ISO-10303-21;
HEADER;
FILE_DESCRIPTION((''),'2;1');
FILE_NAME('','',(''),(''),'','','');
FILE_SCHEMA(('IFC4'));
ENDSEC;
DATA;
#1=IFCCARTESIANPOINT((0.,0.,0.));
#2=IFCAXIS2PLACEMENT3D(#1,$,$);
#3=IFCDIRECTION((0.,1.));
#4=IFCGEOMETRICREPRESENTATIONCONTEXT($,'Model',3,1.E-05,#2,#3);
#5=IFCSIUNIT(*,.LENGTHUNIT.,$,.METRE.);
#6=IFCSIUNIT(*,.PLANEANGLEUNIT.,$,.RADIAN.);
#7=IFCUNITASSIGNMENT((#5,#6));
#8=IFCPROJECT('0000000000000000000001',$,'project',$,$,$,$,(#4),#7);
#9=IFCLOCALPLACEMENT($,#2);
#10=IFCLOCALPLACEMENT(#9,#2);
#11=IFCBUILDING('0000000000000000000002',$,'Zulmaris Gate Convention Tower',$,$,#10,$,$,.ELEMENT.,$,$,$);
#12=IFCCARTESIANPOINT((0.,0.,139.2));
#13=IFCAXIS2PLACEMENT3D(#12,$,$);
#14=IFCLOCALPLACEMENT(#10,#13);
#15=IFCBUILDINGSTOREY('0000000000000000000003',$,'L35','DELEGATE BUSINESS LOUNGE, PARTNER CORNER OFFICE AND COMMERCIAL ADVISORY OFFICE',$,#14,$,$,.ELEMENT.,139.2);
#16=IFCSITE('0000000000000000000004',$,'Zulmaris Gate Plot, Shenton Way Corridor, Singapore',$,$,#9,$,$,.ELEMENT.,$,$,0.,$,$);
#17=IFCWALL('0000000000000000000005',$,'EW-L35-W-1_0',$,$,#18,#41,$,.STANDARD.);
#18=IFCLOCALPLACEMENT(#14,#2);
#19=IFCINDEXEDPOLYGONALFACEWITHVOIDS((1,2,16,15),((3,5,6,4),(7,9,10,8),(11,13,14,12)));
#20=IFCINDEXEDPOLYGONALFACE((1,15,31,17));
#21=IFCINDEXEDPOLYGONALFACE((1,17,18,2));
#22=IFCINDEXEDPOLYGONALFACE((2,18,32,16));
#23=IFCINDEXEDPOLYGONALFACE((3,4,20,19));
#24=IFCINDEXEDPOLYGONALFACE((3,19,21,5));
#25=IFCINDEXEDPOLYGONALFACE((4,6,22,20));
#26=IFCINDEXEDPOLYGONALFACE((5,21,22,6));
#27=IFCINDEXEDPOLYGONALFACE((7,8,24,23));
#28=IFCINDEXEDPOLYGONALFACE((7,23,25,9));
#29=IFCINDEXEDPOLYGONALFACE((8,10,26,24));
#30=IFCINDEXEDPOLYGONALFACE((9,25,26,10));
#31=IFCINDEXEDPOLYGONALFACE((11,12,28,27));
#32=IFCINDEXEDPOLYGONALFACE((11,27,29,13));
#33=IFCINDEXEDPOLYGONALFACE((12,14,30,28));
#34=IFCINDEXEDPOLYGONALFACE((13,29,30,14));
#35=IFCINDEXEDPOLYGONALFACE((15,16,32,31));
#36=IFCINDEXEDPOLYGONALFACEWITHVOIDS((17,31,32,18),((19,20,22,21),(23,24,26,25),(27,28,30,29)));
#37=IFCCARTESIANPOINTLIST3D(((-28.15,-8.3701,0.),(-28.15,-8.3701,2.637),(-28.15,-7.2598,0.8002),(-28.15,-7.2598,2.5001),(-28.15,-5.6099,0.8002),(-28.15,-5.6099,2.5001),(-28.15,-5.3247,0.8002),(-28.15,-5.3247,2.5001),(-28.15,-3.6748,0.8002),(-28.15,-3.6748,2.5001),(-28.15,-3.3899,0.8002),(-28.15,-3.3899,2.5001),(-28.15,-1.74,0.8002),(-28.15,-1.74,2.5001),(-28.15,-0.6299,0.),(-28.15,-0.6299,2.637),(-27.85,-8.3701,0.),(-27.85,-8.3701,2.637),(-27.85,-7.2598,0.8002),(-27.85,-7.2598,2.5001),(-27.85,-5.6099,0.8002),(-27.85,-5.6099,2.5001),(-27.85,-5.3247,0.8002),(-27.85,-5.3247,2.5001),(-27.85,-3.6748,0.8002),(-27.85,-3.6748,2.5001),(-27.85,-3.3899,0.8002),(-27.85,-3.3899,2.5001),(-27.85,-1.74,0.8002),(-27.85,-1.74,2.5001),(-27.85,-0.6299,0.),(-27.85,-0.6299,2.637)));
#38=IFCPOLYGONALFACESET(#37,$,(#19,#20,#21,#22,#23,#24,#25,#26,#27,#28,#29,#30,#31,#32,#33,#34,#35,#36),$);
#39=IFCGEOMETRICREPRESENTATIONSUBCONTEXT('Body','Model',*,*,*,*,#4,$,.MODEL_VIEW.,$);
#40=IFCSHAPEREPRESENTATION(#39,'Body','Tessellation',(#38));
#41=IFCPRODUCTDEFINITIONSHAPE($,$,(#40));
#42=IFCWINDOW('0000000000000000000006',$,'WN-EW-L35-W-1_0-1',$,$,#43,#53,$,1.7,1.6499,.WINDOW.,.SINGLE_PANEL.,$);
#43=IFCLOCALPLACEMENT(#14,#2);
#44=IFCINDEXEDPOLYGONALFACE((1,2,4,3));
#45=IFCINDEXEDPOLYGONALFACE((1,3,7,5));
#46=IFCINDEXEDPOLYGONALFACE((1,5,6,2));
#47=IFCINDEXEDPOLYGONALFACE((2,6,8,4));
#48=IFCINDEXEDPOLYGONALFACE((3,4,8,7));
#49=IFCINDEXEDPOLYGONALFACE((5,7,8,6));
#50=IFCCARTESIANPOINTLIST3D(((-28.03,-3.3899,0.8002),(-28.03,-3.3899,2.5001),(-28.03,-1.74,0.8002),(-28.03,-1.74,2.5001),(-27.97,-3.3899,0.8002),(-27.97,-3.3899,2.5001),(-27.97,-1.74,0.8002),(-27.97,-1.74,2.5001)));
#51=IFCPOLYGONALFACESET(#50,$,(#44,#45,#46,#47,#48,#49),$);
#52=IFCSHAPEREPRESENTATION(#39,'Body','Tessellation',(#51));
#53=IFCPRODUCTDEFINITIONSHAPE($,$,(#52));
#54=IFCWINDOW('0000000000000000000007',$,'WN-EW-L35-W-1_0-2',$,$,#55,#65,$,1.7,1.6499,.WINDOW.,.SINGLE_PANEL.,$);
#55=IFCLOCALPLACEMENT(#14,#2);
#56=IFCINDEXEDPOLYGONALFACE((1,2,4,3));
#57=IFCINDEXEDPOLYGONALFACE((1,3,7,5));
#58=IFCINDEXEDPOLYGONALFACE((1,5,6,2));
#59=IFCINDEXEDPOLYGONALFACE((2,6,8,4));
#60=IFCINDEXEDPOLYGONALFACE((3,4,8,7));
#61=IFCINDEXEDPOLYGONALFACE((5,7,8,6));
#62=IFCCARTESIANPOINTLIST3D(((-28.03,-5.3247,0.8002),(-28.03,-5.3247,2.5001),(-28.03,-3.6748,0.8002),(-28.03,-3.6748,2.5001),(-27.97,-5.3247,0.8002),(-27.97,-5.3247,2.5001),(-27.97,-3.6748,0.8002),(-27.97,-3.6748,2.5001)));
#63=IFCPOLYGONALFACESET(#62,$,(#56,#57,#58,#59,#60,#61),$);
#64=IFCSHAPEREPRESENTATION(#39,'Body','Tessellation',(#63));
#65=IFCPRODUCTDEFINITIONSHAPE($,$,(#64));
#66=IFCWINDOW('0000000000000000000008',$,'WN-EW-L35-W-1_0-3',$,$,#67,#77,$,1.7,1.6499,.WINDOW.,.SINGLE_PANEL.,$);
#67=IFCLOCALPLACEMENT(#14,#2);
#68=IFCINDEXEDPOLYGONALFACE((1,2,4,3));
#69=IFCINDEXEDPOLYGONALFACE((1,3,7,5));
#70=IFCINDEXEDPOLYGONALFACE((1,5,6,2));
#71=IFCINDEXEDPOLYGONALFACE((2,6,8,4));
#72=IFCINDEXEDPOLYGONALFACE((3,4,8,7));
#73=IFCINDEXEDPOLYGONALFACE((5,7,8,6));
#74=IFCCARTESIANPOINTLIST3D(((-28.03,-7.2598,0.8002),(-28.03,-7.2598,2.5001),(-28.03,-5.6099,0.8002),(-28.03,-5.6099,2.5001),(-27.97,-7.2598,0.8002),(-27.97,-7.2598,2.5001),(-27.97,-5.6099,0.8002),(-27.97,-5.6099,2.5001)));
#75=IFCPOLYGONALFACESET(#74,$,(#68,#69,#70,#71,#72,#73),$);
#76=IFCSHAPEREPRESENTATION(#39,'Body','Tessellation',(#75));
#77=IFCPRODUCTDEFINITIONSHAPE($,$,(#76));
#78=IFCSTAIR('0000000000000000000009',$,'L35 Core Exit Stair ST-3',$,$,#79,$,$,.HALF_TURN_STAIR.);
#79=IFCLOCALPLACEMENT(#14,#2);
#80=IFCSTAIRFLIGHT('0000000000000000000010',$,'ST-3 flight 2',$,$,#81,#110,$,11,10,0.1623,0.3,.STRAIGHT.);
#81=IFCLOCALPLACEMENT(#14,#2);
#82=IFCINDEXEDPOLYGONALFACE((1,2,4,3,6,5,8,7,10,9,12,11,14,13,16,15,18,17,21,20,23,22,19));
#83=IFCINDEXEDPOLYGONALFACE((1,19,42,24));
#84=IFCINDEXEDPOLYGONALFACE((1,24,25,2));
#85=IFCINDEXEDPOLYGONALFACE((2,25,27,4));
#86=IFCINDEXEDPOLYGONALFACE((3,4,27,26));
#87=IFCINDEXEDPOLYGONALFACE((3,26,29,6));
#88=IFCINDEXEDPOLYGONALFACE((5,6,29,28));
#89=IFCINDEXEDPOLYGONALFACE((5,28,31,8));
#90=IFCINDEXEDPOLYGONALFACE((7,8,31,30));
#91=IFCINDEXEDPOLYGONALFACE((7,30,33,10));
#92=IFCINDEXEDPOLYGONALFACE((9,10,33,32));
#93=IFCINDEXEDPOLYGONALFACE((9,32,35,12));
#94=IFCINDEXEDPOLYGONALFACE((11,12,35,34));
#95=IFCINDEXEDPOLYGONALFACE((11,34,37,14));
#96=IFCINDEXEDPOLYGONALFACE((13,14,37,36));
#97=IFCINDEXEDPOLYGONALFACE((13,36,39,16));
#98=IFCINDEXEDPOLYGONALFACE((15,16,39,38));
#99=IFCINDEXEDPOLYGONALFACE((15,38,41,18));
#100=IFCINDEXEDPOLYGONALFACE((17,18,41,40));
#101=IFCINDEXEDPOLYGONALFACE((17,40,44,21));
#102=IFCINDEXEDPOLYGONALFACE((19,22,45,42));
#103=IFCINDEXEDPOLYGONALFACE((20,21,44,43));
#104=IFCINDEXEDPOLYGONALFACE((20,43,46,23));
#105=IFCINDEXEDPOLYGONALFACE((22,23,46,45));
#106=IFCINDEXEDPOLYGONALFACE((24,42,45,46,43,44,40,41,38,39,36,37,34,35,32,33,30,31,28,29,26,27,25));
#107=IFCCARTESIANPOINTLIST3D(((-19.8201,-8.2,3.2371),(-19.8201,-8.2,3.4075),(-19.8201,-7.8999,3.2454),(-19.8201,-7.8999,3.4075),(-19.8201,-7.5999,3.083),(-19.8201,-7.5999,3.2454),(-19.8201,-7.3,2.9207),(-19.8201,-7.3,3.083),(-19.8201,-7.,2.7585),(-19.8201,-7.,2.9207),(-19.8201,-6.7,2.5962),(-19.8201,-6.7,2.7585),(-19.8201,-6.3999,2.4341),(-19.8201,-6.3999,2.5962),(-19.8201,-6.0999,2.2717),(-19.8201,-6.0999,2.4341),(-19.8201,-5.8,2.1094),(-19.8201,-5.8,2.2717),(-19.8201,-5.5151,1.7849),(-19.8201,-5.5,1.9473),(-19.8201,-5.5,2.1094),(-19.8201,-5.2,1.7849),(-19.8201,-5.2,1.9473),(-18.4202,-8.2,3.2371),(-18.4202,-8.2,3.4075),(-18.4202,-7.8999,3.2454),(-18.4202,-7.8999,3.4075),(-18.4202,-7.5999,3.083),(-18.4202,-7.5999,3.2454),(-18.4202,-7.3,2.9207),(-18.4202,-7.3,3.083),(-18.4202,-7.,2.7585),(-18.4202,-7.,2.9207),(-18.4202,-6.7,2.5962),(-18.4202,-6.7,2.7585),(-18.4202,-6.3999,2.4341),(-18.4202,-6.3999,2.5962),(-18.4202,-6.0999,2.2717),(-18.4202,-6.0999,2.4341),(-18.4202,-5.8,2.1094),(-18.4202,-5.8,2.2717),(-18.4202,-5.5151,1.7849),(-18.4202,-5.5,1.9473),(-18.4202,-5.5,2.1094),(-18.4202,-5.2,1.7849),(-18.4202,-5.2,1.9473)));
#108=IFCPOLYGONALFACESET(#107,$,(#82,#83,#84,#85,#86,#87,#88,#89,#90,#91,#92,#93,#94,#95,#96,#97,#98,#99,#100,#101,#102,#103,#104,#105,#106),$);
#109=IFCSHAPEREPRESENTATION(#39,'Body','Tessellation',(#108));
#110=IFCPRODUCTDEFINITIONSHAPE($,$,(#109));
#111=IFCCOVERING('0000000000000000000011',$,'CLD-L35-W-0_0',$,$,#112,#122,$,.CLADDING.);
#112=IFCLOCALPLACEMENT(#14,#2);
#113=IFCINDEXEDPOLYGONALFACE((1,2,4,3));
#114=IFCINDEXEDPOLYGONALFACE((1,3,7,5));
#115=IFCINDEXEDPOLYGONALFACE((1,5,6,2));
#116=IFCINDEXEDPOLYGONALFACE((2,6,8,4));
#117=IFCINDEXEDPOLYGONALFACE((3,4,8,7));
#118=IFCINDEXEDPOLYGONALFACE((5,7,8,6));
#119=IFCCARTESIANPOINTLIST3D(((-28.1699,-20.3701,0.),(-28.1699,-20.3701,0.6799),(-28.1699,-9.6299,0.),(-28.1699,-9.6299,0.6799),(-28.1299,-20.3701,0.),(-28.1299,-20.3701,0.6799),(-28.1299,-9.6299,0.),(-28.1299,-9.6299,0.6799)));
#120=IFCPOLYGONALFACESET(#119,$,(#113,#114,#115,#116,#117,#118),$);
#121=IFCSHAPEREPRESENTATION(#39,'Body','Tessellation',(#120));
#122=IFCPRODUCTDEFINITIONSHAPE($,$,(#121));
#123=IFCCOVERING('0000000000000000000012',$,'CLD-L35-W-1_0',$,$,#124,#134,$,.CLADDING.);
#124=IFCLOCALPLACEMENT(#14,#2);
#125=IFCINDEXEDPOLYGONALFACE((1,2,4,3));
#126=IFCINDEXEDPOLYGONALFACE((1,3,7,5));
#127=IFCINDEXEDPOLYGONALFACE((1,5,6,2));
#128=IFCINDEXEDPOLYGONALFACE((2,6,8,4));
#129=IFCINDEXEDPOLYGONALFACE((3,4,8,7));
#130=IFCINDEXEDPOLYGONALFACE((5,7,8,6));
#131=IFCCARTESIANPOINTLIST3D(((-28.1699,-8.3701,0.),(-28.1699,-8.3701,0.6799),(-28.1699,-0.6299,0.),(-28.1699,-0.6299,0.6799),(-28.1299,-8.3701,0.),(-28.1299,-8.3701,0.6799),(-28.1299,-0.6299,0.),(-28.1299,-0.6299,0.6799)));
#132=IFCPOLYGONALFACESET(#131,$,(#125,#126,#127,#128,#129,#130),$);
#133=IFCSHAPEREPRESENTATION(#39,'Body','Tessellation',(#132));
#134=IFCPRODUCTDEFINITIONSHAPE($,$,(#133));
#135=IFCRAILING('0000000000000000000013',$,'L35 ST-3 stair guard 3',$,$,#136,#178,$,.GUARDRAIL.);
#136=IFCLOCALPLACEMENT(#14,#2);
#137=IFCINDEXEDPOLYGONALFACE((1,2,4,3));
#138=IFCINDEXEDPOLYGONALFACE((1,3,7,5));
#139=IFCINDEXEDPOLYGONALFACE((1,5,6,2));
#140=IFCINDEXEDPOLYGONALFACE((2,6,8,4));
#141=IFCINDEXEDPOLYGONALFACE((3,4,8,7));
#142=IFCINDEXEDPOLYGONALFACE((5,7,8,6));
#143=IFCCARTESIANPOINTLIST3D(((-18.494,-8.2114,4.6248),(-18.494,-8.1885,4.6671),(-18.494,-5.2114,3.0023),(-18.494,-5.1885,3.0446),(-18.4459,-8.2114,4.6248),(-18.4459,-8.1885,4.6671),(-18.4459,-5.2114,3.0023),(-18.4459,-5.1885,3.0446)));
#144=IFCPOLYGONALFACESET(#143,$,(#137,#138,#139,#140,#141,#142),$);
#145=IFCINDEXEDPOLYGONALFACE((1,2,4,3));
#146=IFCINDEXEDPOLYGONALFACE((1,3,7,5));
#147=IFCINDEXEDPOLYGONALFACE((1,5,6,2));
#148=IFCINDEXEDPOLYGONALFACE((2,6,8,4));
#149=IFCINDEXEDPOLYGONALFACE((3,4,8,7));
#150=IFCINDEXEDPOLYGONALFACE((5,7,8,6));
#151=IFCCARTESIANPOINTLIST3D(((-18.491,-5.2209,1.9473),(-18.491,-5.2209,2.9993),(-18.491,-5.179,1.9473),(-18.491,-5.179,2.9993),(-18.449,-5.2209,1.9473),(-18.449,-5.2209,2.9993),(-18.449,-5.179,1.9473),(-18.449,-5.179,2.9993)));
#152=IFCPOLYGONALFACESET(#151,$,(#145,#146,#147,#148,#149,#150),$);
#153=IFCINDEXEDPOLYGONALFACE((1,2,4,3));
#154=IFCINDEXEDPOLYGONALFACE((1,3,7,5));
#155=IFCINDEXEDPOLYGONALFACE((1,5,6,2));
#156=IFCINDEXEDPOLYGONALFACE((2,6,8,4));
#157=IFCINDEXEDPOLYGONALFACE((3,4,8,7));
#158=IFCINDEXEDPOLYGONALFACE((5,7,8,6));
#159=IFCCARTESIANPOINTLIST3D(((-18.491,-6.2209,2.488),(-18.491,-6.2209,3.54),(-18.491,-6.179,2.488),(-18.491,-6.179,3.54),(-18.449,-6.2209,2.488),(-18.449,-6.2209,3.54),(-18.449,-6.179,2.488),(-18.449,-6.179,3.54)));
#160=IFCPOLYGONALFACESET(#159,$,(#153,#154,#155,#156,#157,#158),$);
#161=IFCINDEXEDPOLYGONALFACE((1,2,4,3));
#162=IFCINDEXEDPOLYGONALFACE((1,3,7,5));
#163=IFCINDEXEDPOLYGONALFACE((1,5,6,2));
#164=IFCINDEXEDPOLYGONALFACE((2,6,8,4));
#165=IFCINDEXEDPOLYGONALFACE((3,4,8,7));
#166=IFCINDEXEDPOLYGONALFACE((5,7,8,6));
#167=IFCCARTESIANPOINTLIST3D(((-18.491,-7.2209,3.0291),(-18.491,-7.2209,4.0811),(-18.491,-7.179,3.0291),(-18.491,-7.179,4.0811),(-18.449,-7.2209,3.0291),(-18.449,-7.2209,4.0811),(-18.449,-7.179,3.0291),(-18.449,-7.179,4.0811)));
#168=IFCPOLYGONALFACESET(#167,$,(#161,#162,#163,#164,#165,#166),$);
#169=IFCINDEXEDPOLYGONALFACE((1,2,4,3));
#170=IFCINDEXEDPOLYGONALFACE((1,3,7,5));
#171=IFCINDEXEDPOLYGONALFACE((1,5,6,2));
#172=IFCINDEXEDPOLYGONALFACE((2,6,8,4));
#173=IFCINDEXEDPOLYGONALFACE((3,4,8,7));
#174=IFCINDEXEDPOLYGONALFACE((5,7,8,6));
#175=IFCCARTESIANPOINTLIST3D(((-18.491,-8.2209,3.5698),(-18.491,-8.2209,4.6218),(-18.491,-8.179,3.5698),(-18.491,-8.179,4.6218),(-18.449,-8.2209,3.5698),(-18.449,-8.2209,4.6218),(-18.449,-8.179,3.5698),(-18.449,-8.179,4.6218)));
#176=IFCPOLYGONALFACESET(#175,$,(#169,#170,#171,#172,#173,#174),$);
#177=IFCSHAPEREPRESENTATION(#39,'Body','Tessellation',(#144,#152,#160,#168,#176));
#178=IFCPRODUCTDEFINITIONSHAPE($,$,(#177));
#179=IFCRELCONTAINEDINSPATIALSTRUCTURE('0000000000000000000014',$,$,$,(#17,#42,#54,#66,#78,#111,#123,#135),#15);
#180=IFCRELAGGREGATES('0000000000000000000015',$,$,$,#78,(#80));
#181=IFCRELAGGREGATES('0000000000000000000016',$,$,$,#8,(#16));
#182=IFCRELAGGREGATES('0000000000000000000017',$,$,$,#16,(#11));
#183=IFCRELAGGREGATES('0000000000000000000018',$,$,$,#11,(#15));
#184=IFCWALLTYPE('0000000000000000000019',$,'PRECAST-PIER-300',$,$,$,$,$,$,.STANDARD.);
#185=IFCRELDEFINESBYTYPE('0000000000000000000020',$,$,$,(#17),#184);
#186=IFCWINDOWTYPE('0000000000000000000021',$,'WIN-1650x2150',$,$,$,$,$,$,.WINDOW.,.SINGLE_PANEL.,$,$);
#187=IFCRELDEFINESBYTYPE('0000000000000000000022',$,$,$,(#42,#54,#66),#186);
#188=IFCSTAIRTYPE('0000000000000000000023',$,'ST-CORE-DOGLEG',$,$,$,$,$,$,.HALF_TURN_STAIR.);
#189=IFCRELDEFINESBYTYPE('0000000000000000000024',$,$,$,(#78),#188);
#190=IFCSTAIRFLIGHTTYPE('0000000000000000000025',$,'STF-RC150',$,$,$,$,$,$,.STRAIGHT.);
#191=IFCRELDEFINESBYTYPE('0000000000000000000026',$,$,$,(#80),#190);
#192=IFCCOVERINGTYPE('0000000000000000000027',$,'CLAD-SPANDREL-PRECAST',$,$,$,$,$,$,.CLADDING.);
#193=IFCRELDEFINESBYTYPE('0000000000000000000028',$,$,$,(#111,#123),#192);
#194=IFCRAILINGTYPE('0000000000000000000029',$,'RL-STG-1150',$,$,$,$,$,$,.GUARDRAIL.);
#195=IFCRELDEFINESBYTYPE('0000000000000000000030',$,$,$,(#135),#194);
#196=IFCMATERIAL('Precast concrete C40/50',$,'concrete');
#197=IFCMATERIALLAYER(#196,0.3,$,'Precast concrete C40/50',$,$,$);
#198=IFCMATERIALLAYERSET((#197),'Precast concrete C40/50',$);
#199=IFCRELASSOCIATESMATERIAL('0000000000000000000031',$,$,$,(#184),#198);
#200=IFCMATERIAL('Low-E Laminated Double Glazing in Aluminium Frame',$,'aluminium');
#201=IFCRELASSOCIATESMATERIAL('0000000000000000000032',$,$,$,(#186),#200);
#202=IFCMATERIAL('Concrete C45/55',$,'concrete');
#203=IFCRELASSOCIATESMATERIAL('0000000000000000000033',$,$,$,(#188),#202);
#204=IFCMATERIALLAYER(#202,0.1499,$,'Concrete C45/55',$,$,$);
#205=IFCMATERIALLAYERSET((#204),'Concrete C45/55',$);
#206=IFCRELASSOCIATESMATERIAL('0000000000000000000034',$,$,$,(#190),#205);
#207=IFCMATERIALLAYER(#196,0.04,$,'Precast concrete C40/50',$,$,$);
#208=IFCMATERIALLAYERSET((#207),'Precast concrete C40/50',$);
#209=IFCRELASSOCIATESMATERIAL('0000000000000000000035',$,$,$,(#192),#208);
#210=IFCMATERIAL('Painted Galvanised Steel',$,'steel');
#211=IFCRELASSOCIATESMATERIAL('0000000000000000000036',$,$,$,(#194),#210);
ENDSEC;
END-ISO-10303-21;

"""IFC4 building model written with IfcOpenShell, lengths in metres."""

from ifc_helpers import new_model, si_unit, direction, frame, frame_2d, origin, origin_2d, place, context, subcontext, project, spatial, polyline, rectangle, outline, extrude, material, layer, layer_set, type_object, element, fill, aggregate, save


model = new_model("IFC4")

# Units and contexts
model_context = context("Model", 3, precision=1e-05, world=origin(), true_north=direction((0.0, 1.0)))
body_context = subcontext(model_context, "Body", "Model", "MODEL_VIEW")
ifc_project = project(units=[si_unit("LENGTHUNIT", "METRE"), si_unit("PLANEANGLEUNIT", "RADIAN")], contexts=[model_context])

# Site, building, storey
site_placement = place(None, origin())
site = spatial("IfcSite", under=ifc_project, at=site_placement, Name="Zulmaris Gate Plot, Shenton Way Corridor, Singapore", CompositionType="ELEMENT", RefElevation=0.0)
building_placement = place(site_placement, origin())
building = spatial("IfcBuilding", under=site, at=building_placement, Name="Zulmaris Gate Convention Tower", CompositionType="ELEMENT")
storey_placement = place(building_placement, frame((0.0, 0.0, 139.2)))
storey = spatial("IfcBuildingStorey", under=building, at=storey_placement, Name="L35", Description="DELEGATE BUSINESS LOUNGE, PARTNER CORNER OFFICE AND COMMERCIAL ADVISORY OFFICE", CompositionType="ELEMENT", Elevation=139.2)

# Shared definitions
ifc_material_1 = material(Name="Precast concrete C40/50", Category="concrete")
ifc_layer_1 = layer(ifc_material_1, 0.3, Name="Precast concrete C40/50")
ifc_layer_set_1 = layer_set([ifc_layer_1], Name="Precast concrete C40/50")
wall_type_1 = type_object("IfcWallType", Name="PRECAST-PIER-300", PredefinedType="STANDARD", material=ifc_layer_set_1)

# Wall, openings, windows
wall_1_placement = place(storey_placement, frame((-28.0, -0.6299, 0.0), z_axis=(0.0, 0.0, 1.0), x_axis=(0.0, -1.0, 0.0)))
wall_1 = element("IfcWall", 1, at=wall_1_placement, inside=storey, type_object=wall_type_1, Name="EW-L35-W-1_0", PredefinedType="STANDARD", context=body_context, shape_type="SweptSolid", body=[
    extrude(rectangle(XDim=7.7402, YDim=0.3, at=frame_2d((3.8701, 0.0))), origin(), (0.0, 0.0, 1.0), 2.637),
])
opening_1_placement = place(wall_1_placement, frame((1.1101, 0.0, 0.8)))
opening_1 = element("IfcOpeningElement", 2, at=opening_1_placement, cuts=wall_1, PredefinedType="OPENING", context=body_context, shape_type="SweptSolid", body=[
    extrude(rectangle(XDim=1.6499, YDim=1.7, at=frame_2d((0.825, 0.8501))), frame((0.0, 0.1602, 0.0), z_axis=(0.0, -1.0, 0.0), x_axis=(1.0, 0.0, 0.0)), (0.0, 0.0, 1.0), 0.3201),
])
opening_2_placement = place(wall_1_placement, frame((3.0449, 0.0, 0.8)))
opening_2 = element("IfcOpeningElement", 3, at=opening_2_placement, cuts=wall_1, PredefinedType="OPENING", context=body_context, shape_type="SweptSolid", body=[
    extrude(rectangle(XDim=1.6499, YDim=1.7, at=frame_2d((0.825, 0.8501))), frame((0.0, 0.1602, 0.0), z_axis=(0.0, -1.0, 0.0), x_axis=(1.0, 0.0, 0.0)), (0.0, 0.0, 1.0), 0.3201),
])
opening_3_placement = place(wall_1_placement, frame((4.98, 0.0, 0.8)))
opening_3 = element("IfcOpeningElement", 4, at=opening_3_placement, cuts=wall_1, PredefinedType="OPENING", context=body_context, shape_type="SweptSolid", body=[
    extrude(rectangle(XDim=1.6499, YDim=1.7, at=frame_2d((0.825, 0.8501))), frame((0.0, 0.1602, 0.0), z_axis=(0.0, -1.0, 0.0), x_axis=(1.0, 0.0, 0.0)), (0.0, 0.0, 1.0), 0.3201),
])
ifc_material_2 = material(Name="Low-E Laminated Double Glazing in Aluminium Frame", Category="aluminium")
window_type = type_object("IfcWindowType", Name="WIN-1650x2150", PartitioningType="SINGLE_PANEL", PredefinedType="WINDOW", material=ifc_material_2)
window_1_placement = place(opening_1_placement, origin())
window_1 = element("IfcWindow", 5, at=window_1_placement, inside=storey, type_object=window_type, Name="WN-EW-L35-W-1_0-1", OverallHeight=1.7, OverallWidth=1.6499, PartitioningType="SINGLE_PANEL", PredefinedType="WINDOW", context=body_context, shape_type="SweptSolid", body=[
    extrude(rectangle(XDim=1.6499, YDim=1.7, at=frame_2d((0.825, 0.8501))), frame((0.0, 0.03, 0.0), z_axis=(0.0, -1.0, 0.0), x_axis=(1.0, 0.0, 0.0)), (0.0, 0.0, 1.0), 0.0601),
])
fill(opening_1, window_1)
window_2_placement = place(opening_2_placement, origin())
window_2 = element("IfcWindow", 6, at=window_2_placement, inside=storey, type_object=window_type, Name="WN-EW-L35-W-1_0-2", OverallHeight=1.7, OverallWidth=1.6499, PartitioningType="SINGLE_PANEL", PredefinedType="WINDOW", context=body_context, shape_type="SweptSolid", body=[
    extrude(rectangle(XDim=1.6499, YDim=1.7, at=frame_2d((0.825, 0.8501))), frame((0.0, 0.03, 0.0), z_axis=(0.0, -1.0, 0.0), x_axis=(1.0, 0.0, 0.0)), (0.0, 0.0, 1.0), 0.0601),
])
fill(opening_2, window_2)
window_3_placement = place(opening_3_placement, origin())
window_3 = element("IfcWindow", 7, at=window_3_placement, inside=storey, type_object=window_type, Name="WN-EW-L35-W-1_0-3", OverallHeight=1.7, OverallWidth=1.6499, PartitioningType="SINGLE_PANEL", PredefinedType="WINDOW", context=body_context, shape_type="SweptSolid", body=[
    extrude(rectangle(XDim=1.6499, YDim=1.7, at=frame_2d((0.825, 0.8501))), frame((0.0, 0.03, 0.0), z_axis=(0.0, -1.0, 0.0), x_axis=(1.0, 0.0, 0.0)), (0.0, 0.0, 1.0), 0.0601),
])
fill(opening_3, window_3)

# Stair, stair flight
ifc_material_3 = material(Name="Concrete C45/55", Category="concrete")
stair_type = type_object("IfcStairType", Name="ST-CORE-DOGLEG", PredefinedType="HALF_TURN_STAIR", material=ifc_material_3)
stair_placement = place(storey_placement, origin())
stair = element("IfcStair", 8, at=stair_placement, inside=storey, type_object=stair_type, Name="L35 Core Exit Stair ST-3", PredefinedType="HALF_TURN_STAIR")
ifc_layer_2 = layer(ifc_material_3, 0.1499, Name="Concrete C45/55")
ifc_layer_set_2 = layer_set([ifc_layer_2], Name="Concrete C45/55")
stair_flight_type = type_object("IfcStairFlightType", Name="STF-RC150", PredefinedType="STRAIGHT", material=ifc_layer_set_2)
stair_flight_placement = place(storey_placement, frame((-19.1201, -5.2, 1.7849), z_axis=(0.0, 0.0, 1.0), x_axis=(0.0, -1.0, 0.0)))
stair_flight = element("IfcStairFlight", 9, at=stair_flight_placement, type_object=stair_flight_type, Name="ST-3 flight 2", NumberOfRisers=11, NumberOfTreads=10, PredefinedType="STRAIGHT", RiserHeight=0.1623, TreadLength=0.3, context=body_context, shape_type="SweptSolid", body=[
    extrude(outline(polyline([(0.0, 0.0), (0.0, 0.1624), (0.3, 0.1624), (0.3, 0.3245), (0.6001, 0.3245), (0.6001, 0.4868), (0.8999, 0.4868), (0.8999, 0.6492), (1.2, 0.6492), (1.2, 0.8113), (1.5, 0.8113), (1.5, 0.9736), (1.8, 0.9736), (1.8, 1.1357), (2.1001, 1.1357), (2.1001, 1.2981), (2.3999, 1.2981), (2.3999, 1.4604), (2.7, 1.4604), (2.7, 1.6226), (3.0, 1.6226), (3.0, 1.7849), (3.0, 1.4521), (0.3152, 0.0), (0.0, 0.0)])), frame((0.0, 0.7, 0.0), z_axis=(0.0, -1.0, 0.0), x_axis=(1.0, 0.0, 0.0)), (0.0, 0.0, 1.0), 1.3999),
])
aggregate(stair, [stair_flight])

# Coverings
ifc_layer_3 = layer(ifc_material_1, 0.04, Name="Precast concrete C40/50")
ifc_layer_set_3 = layer_set([ifc_layer_3], Name="Precast concrete C40/50")
covering_type = type_object("IfcCoveringType", Name="CLAD-SPANDREL-PRECAST", PredefinedType="CLADDING", material=ifc_layer_set_3)
covering_1_placement = place(storey_placement, frame((-28.1499, -9.6299, 0.0), z_axis=(0.0, 0.0, 1.0), x_axis=(0.0, -1.0, 0.0)))
element("IfcCovering", 10, at=covering_1_placement, inside=storey, type_object=covering_type, Name="CLD-L35-W-0_0", PredefinedType="CLADDING", context=body_context, shape_type="SweptSolid", body=[
    extrude(rectangle(XDim=10.7402, YDim=0.04, at=frame_2d((5.3701, 0.0))), origin(), (0.0, 0.0, 1.0), 0.6799),
])
covering_2_placement = place(storey_placement, frame((-28.1499, -0.6299, 0.0), z_axis=(0.0, 0.0, 1.0), x_axis=(0.0, -1.0, 0.0)))
element("IfcCovering", 11, at=covering_2_placement, inside=storey, type_object=covering_type, Name="CLD-L35-W-1_0", PredefinedType="CLADDING", context=body_context, shape_type="SweptSolid", body=[
    extrude(rectangle(XDim=7.7402, YDim=0.04, at=frame_2d((3.8701, 0.0))), origin(), (0.0, 0.0, 1.0), 0.6799),
])

# Railing
ifc_material_4 = material(Name="Painted Galvanised Steel", Category="steel")
railing_type_1 = type_object("IfcRailingType", Name="RL-STG-1150", PredefinedType="GUARDRAIL", material=ifc_material_4)
railing_1_placement = place(storey_placement, frame((-18.47, -5.2, 1.9473)))
element("IfcRailing", 12, at=railing_1_placement, inside=storey, type_object=railing_type_1, Name="L35 ST-3 stair guard 3", PredefinedType="GUARDRAIL", context=body_context, shape_type="SweptSolid", body=[
    extrude(rectangle(XDim=0.0481, YDim=0.0481, at=origin_2d()), frame((0.0, 0.0, 1.0762), z_axis=(0.0, -0.879592, 0.47573), x_axis=(1.0, 0.0, 0.0)), (0.0, 0.0, 1.0), 3.4106),
    extrude(rectangle(XDim=0.042, YDim=0.042, at=origin_2d()), origin(), (0.0, 0.0, 1.0), 1.052),
    extrude(rectangle(XDim=0.042, YDim=0.042, at=origin_2d()), frame((0.0, -1.0, 0.5408)), (0.0, 0.0, 1.0), 1.052),
    extrude(rectangle(XDim=0.042, YDim=0.042, at=origin_2d()), frame((0.0, -2.0, 1.0818)), (0.0, 0.0, 1.0), 1.052),
    extrude(rectangle(XDim=0.042, YDim=0.042, at=origin_2d()), frame((0.0, -3.0, 1.6226)), (0.0, 0.0, 1.0), 1.052),
])

save(model, "model.ifc")
